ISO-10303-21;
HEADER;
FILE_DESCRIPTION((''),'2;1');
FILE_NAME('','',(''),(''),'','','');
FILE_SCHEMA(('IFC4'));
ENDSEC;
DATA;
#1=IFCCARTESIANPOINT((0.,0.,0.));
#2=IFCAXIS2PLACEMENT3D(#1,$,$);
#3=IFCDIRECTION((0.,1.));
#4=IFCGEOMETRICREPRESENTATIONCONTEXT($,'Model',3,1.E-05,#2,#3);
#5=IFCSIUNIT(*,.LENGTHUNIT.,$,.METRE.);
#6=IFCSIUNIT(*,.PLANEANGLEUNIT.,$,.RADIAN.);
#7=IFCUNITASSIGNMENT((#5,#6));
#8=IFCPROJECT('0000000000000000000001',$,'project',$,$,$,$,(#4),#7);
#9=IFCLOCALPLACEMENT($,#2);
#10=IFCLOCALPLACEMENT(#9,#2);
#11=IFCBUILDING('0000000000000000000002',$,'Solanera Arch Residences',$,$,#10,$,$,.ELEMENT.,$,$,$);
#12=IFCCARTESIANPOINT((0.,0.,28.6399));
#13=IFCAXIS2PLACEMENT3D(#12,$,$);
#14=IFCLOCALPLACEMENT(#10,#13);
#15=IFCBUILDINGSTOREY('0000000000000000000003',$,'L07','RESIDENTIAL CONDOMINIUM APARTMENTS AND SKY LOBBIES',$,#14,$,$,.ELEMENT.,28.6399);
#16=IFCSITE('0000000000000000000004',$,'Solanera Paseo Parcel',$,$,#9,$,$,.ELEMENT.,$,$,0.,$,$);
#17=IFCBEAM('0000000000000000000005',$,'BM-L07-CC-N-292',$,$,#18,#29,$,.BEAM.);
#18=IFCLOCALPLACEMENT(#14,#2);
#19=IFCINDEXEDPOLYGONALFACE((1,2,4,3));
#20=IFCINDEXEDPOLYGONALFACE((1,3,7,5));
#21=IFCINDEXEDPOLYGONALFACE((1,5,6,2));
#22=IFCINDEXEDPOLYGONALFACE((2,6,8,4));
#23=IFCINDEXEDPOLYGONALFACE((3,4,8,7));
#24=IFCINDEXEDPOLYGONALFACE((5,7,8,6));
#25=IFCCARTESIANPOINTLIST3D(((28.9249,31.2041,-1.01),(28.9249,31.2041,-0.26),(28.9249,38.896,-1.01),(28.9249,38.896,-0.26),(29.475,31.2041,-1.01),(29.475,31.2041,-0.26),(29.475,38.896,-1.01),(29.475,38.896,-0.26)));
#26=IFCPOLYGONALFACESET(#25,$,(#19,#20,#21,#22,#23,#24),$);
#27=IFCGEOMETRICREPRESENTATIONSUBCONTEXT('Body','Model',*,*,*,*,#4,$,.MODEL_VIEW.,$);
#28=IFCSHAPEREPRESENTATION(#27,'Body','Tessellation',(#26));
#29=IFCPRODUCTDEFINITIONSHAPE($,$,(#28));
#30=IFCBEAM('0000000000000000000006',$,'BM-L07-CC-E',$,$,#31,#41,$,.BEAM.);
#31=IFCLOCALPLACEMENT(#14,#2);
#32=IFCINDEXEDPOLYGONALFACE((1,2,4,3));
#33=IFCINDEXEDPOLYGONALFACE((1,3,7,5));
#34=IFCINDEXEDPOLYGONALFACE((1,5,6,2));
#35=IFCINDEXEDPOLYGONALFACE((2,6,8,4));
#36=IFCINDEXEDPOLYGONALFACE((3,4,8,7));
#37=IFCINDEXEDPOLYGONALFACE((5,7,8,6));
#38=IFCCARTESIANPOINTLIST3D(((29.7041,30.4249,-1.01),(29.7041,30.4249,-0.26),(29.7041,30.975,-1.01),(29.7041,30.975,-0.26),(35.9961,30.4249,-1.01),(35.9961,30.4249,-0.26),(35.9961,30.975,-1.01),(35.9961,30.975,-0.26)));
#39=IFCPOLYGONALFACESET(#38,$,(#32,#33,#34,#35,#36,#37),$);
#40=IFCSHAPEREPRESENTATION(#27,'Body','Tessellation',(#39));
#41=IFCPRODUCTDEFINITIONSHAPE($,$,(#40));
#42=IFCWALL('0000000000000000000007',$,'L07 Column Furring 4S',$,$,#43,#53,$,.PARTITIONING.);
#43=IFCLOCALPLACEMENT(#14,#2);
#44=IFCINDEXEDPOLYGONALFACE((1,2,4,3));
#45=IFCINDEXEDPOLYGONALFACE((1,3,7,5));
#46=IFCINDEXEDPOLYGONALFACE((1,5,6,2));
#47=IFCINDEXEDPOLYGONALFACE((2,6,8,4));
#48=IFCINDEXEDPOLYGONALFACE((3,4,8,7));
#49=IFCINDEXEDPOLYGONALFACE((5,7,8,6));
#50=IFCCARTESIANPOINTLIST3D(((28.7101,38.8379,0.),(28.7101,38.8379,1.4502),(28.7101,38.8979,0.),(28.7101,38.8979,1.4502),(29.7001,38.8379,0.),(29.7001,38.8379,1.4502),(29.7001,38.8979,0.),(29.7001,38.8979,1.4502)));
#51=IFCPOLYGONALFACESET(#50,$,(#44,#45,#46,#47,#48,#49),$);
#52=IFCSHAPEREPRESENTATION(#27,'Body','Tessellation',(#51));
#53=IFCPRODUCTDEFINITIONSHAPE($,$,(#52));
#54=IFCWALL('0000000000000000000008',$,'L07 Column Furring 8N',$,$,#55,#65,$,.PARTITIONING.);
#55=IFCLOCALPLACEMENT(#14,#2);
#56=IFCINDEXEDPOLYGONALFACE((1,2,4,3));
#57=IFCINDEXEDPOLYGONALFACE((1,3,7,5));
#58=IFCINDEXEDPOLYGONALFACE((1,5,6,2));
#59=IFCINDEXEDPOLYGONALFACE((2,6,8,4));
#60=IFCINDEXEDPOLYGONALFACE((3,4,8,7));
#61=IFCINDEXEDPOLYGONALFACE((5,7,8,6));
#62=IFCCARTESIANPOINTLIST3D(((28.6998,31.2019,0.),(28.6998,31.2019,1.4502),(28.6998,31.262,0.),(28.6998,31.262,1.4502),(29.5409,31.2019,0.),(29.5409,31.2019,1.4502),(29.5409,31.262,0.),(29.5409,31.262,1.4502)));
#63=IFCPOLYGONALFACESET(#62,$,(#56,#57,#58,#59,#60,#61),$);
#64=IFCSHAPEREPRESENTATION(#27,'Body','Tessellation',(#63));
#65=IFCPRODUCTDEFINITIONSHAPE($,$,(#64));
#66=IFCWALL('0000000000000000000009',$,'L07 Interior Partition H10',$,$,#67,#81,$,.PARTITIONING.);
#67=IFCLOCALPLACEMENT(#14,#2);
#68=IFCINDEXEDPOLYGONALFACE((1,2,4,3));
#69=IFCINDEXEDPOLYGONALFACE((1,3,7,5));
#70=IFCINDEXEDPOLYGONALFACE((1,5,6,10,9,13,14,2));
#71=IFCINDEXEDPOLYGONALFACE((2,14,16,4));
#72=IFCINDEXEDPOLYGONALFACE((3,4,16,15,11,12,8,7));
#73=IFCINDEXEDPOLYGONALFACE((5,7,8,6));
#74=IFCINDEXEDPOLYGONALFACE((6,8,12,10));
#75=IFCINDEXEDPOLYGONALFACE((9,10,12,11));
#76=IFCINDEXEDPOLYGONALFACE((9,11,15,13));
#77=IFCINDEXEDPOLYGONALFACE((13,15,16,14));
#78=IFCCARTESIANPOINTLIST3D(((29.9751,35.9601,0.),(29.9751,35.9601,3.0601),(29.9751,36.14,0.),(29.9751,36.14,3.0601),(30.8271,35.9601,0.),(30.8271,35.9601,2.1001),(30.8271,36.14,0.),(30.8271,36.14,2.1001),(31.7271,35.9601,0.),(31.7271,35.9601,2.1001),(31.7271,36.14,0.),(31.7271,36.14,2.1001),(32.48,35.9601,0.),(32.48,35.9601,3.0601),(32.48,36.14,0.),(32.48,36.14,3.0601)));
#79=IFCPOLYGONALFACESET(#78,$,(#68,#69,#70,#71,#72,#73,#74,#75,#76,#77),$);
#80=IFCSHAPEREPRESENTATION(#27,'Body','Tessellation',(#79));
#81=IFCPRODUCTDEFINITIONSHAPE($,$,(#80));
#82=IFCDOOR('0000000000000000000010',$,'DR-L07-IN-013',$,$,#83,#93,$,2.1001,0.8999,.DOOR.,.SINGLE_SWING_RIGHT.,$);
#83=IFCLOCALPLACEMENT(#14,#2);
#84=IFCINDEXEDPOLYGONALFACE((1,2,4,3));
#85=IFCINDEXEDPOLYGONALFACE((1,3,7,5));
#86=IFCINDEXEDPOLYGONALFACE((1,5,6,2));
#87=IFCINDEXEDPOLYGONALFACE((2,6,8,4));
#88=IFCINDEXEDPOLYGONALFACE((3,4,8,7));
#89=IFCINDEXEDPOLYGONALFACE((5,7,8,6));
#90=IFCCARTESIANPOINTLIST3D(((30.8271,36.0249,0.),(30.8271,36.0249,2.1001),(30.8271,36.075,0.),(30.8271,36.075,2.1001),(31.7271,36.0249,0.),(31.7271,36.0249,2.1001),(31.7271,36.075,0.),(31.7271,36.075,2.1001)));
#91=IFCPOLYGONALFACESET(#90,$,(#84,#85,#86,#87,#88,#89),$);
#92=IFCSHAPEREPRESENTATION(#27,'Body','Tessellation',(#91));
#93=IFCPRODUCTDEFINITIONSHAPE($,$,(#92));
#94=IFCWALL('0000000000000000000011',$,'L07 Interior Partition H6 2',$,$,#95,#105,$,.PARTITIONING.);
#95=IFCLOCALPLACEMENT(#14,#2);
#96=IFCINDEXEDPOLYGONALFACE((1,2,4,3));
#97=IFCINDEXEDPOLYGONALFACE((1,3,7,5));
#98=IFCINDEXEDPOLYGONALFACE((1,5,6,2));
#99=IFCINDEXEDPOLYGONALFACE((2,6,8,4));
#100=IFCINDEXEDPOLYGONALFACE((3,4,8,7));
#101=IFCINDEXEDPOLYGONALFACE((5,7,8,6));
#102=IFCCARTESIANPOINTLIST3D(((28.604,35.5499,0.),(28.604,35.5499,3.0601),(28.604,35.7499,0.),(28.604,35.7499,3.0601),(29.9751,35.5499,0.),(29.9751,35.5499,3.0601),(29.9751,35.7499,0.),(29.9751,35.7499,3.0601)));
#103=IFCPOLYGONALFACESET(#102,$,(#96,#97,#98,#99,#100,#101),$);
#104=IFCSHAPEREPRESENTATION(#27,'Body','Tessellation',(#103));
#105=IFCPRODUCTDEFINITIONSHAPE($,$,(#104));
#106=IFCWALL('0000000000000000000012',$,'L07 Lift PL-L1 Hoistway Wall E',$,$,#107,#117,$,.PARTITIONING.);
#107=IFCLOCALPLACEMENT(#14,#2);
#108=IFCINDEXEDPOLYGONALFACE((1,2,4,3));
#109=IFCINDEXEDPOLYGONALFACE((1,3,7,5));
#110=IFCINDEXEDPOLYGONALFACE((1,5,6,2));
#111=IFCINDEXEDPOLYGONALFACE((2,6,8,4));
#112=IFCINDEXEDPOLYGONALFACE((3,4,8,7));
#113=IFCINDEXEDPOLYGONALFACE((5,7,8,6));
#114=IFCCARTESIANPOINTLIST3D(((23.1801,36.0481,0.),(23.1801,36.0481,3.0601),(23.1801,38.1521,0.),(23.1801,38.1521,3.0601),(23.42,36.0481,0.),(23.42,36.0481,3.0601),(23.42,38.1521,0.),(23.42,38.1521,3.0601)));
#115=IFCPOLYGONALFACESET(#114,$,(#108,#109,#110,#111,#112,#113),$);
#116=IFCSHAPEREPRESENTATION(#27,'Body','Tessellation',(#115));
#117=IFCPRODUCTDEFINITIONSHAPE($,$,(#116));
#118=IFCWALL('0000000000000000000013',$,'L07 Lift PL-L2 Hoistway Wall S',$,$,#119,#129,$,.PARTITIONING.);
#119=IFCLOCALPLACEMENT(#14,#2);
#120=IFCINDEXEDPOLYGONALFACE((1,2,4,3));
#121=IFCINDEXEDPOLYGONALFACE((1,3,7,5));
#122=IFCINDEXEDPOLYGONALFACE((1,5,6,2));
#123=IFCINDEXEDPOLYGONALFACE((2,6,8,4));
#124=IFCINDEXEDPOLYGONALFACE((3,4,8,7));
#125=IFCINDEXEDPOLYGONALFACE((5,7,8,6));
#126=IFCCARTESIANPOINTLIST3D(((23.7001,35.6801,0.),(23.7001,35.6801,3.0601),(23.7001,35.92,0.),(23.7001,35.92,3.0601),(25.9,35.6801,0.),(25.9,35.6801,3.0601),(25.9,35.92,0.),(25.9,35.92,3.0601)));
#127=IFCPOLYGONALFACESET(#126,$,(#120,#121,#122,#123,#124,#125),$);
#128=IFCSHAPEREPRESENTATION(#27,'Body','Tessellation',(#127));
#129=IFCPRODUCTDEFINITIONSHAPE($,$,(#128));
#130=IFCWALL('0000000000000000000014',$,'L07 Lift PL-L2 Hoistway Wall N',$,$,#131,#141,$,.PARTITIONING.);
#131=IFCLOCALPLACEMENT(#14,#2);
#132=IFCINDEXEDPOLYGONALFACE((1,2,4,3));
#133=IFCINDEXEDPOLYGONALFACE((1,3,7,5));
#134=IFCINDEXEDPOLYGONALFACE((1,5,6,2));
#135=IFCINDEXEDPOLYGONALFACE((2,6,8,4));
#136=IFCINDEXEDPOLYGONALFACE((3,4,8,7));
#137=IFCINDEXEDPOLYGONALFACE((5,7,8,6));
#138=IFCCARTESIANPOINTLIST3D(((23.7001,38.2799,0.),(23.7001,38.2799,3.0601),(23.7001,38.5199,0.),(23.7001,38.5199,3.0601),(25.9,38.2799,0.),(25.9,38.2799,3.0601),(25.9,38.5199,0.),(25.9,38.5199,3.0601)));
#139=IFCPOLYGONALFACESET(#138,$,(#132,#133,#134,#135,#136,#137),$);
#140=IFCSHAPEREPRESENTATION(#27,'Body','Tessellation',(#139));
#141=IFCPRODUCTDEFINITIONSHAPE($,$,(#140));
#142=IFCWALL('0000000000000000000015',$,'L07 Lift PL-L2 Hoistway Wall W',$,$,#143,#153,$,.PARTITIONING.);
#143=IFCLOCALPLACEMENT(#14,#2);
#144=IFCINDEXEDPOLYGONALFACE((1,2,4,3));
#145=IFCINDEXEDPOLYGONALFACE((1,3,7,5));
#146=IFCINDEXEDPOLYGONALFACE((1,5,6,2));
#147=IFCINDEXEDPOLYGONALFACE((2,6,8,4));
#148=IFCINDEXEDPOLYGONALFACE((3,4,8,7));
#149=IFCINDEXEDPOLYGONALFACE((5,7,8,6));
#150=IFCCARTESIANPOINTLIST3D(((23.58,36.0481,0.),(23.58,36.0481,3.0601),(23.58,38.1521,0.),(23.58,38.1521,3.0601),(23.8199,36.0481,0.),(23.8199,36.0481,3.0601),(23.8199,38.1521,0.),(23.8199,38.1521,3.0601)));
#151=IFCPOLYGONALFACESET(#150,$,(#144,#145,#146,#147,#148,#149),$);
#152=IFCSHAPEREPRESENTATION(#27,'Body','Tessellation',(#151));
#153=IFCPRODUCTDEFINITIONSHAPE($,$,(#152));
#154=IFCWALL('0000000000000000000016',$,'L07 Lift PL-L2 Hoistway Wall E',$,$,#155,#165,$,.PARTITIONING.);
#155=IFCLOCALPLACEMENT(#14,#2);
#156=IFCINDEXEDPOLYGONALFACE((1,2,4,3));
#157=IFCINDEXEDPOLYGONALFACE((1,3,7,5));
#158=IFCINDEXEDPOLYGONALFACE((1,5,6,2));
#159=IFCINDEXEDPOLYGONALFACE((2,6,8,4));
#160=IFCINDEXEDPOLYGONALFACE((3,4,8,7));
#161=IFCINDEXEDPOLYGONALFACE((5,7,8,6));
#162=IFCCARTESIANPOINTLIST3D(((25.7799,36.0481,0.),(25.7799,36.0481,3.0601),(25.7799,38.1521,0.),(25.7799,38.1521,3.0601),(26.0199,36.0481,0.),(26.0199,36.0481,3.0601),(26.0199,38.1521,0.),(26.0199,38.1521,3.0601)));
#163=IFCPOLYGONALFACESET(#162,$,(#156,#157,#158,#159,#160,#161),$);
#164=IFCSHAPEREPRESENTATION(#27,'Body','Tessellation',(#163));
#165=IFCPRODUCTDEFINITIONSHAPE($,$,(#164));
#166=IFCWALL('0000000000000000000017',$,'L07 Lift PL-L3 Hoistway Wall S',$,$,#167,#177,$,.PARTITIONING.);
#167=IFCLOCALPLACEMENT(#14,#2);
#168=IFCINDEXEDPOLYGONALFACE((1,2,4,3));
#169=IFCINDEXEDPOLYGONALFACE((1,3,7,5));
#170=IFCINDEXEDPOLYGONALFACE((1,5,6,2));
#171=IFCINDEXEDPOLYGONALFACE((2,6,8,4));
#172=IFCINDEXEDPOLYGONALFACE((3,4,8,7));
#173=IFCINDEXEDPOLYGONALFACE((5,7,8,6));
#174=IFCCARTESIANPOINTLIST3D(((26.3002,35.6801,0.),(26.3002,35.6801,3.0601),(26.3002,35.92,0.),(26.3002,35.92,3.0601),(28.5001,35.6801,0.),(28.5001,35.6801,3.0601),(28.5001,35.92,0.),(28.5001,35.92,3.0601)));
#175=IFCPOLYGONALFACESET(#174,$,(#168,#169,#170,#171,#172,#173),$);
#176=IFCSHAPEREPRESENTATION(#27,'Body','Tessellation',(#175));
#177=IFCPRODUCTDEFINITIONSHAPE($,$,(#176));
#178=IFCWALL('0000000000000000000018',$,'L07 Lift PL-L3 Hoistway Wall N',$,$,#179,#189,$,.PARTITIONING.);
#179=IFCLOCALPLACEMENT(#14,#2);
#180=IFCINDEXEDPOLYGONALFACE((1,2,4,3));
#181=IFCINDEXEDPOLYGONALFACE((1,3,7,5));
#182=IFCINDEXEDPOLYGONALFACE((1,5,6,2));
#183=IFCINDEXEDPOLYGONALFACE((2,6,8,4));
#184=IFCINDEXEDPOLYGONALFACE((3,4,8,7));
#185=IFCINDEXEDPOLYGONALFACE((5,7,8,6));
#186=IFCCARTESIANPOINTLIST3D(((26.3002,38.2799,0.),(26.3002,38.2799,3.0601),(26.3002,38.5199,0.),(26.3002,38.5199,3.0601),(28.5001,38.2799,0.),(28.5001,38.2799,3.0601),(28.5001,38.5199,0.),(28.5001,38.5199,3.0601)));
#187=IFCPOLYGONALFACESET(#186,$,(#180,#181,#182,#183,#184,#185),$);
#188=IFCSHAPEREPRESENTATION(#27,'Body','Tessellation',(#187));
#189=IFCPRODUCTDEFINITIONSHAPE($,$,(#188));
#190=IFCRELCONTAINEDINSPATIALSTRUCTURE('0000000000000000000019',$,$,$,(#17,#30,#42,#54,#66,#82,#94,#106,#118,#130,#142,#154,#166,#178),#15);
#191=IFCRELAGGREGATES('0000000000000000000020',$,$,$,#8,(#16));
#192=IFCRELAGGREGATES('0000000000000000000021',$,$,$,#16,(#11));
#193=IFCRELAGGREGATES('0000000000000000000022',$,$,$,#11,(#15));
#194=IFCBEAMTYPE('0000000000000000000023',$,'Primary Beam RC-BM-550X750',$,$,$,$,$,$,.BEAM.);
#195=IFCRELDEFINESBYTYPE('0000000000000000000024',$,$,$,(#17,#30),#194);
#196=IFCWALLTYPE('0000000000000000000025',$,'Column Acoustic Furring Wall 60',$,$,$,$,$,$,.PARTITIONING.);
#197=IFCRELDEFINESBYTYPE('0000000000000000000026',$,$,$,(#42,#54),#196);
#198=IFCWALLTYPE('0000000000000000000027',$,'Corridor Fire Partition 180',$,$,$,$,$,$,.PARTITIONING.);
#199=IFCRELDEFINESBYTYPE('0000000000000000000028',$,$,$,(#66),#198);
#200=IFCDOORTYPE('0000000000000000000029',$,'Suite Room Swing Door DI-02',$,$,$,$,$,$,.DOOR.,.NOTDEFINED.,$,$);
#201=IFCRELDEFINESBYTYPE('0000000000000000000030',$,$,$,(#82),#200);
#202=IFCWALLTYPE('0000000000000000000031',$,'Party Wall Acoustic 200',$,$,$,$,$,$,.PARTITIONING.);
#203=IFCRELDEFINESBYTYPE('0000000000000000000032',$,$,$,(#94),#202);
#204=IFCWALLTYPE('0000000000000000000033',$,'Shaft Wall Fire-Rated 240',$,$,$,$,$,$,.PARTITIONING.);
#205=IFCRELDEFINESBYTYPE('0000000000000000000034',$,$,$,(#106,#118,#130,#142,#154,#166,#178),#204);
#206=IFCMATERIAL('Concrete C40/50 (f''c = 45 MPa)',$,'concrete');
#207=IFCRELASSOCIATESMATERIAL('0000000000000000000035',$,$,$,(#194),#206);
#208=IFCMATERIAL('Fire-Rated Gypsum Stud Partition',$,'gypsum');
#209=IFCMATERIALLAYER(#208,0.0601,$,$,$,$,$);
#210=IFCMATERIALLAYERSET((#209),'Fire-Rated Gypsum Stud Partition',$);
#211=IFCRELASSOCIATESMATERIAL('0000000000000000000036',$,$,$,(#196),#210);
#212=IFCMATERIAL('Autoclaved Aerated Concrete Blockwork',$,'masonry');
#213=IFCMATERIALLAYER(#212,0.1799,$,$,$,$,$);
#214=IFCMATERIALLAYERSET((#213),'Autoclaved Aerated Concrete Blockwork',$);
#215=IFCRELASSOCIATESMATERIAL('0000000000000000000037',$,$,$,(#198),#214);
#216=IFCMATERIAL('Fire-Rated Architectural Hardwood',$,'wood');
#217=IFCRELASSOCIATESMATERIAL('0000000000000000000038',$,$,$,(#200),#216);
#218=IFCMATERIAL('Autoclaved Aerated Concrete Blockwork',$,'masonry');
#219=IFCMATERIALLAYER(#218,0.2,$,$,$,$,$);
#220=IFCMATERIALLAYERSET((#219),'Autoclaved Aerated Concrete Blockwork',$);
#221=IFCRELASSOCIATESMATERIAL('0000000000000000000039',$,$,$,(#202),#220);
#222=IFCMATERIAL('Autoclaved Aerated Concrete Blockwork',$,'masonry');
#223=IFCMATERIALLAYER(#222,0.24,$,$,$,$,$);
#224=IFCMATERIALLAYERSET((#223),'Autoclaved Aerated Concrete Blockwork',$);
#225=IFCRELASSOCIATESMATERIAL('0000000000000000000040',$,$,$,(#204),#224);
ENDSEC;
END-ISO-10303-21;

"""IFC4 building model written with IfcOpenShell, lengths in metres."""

from ifc_helpers import new_model, si_unit, direction, frame, frame_2d, origin, origin_2d, place, context, subcontext, project, spatial, rectangle, extrude, material, layer, layer_set, material_profile, profile_set, type_object, element, fill, save


model = new_model("IFC4")

# Units and contexts
model_context = context("Model", 3, precision=1e-05, world=origin(), true_north=direction((0.0, 1.0)))
body_context = subcontext(model_context, "Body", "Model", "MODEL_VIEW")
ifc_project = project(units=[si_unit("LENGTHUNIT", "METRE"), si_unit("PLANEANGLEUNIT", "RADIAN")], contexts=[model_context])

# Site, building, storey
site_placement = place(None, origin())
site = spatial("IfcSite", under=ifc_project, at=site_placement, Name="Solanera Paseo Parcel", CompositionType="ELEMENT", RefElevation=0.0)
building_placement = place(site_placement, origin())
building = spatial("IfcBuilding", under=site, at=building_placement, Name="Solanera Arch Residences", CompositionType="ELEMENT")
storey_placement = place(building_placement, frame((0.0, 0.0, 28.6399)))
storey = spatial("IfcBuildingStorey", under=building, at=storey_placement, Name="L07", Description="RESIDENTIAL CONDOMINIUM APARTMENTS AND SKY LOBBIES", CompositionType="ELEMENT", Elevation=28.6399)

# Beams
ifc_material_1 = material(Name="Concrete C40/50 (f'c = 45 MPa)", Category="concrete")
ifc_material_profile = material_profile(ifc_material_1, rectangle(XDim=0.55, YDim=0.75, at=origin_2d()))
ifc_profile_set = profile_set([ifc_material_profile], Name="Concrete C40/50 (f'c = 45 MPa)")
beam_type = type_object("IfcBeamType", Name="Primary Beam RC-BM-550X750", PredefinedType="BEAM", material=ifc_profile_set)
beam_1_placement = place(storey_placement, frame((29.2, 31.2041, -0.635), z_axis=(0.0, 1.0, 0.0), x_axis=(-1.0, 0.0, 0.0)))
element("IfcBeam", 1, at=beam_1_placement, inside=storey, type_object=beam_type, Name="BM-L07-CC-N-292", PredefinedType="BEAM", context=body_context, shape_type="SweptSolid", body=[
    extrude(rectangle(XDim=0.55, YDim=0.75, at=origin_2d()), origin(), (0.0, 0.0, 1.0), 7.6919),
])
beam_2_placement = place(storey_placement, frame((29.7041, 30.7, -0.635), z_axis=(1.0, 0.0, 0.0), x_axis=(0.0, 1.0, 0.0)))
element("IfcBeam", 2, at=beam_2_placement, inside=storey, type_object=beam_type, Name="BM-L07-CC-E", PredefinedType="BEAM", context=body_context, shape_type="SweptSolid", body=[
    extrude(rectangle(XDim=0.55, YDim=0.75, at=origin_2d()), origin(), (0.0, 0.0, 1.0), 6.292),
])

# Walls
ifc_material_2 = material(Name="Fire-Rated Gypsum Stud Partition", Category="gypsum")
ifc_layer_1 = layer(ifc_material_2, 0.0601)
ifc_layer_set_1 = layer_set([ifc_layer_1], Name="Fire-Rated Gypsum Stud Partition")
wall_type_1 = type_object("IfcWallType", Name="Column Acoustic Furring Wall 60", PredefinedType="PARTITIONING", material=ifc_layer_set_1)
wall_1_placement = place(storey_placement, frame((28.71, 38.8679, 0.0), z_axis=(0.0, 0.0, 1.0), x_axis=(1.0, 0.0, 0.0)))
element("IfcWall", 3, at=wall_1_placement, inside=storey, type_object=wall_type_1, Name="L07 Column Furring 4S", PredefinedType="PARTITIONING", context=body_context, shape_type="SweptSolid", body=[
    extrude(rectangle(XDim=0.99, YDim=0.0601, at=frame_2d((0.4951, 0.0))), origin(), (0.0, 0.0, 1.0), 1.4502),
])
wall_2_placement = place(storey_placement, frame((28.7, 31.2319, 0.0), z_axis=(0.0, 0.0, 1.0), x_axis=(1.0, 0.0, 0.0)))
element("IfcWall", 4, at=wall_2_placement, inside=storey, type_object=wall_type_1, Name="L07 Column Furring 8N", PredefinedType="PARTITIONING", context=body_context, shape_type="SweptSolid", body=[
    extrude(rectangle(XDim=0.8411, YDim=0.0601, at=frame_2d((0.4204, 0.0))), origin(), (0.0, 0.0, 1.0), 1.4502),
])

# Wall, opening, door
ifc_material_3 = material(Name="Autoclaved Aerated Concrete Blockwork", Category="masonry")
ifc_layer_2 = layer(ifc_material_3, 0.1799)
ifc_layer_set_2 = layer_set([ifc_layer_2], Name="Autoclaved Aerated Concrete Blockwork")
wall_type_2 = type_object("IfcWallType", Name="Corridor Fire Partition 180", PredefinedType="PARTITIONING", material=ifc_layer_set_2)
wall_3_placement = place(storey_placement, frame((29.9751, 36.05, 0.0), z_axis=(0.0, 0.0, 1.0), x_axis=(1.0, 0.0, 0.0)))
wall_3 = element("IfcWall", 5, at=wall_3_placement, inside=storey, type_object=wall_type_2, Name="L07 Interior Partition H10", PredefinedType="PARTITIONING", context=body_context, shape_type="SweptSolid", body=[
    extrude(rectangle(XDim=2.5049, YDim=0.1799, at=frame_2d((1.2524, 0.0))), origin(), (0.0, 0.0, 1.0), 3.0601),
])
opening_1_placement = place(wall_3_placement, frame((0.8521, 0.0, 0.0)))
opening_1 = element("IfcOpeningElement", 6, at=opening_1_placement, cuts=wall_3, PredefinedType="OPENING", context=body_context, shape_type="SweptSolid", body=[
    extrude(rectangle(XDim=0.8999, YDim=2.1001, at=frame_2d((0.45, 1.05))), frame((0.0, 0.1001, 0.0), z_axis=(0.0, -1.0, 0.0), x_axis=(1.0, 0.0, 0.0)), (0.0, 0.0, 1.0), 0.1999),
])
ifc_material_4 = material(Name="Fire-Rated Architectural Hardwood", Category="wood")
door_type_1 = type_object("IfcDoorType", Name="Suite Room Swing Door DI-02", OperationType="NOTDEFINED", PredefinedType="DOOR", material=ifc_material_4)
door_1_placement = place(opening_1_placement, origin())
door_1 = element("IfcDoor", 7, at=door_1_placement, inside=storey, type_object=door_type_1, Name="DR-L07-IN-013", OperationType="SINGLE_SWING_RIGHT", OverallHeight=2.1001, OverallWidth=0.8999, PredefinedType="DOOR", context=body_context, shape_type="SweptSolid", body=[
    extrude(rectangle(XDim=0.8999, YDim=2.1001, at=frame_2d((0.45, 1.05))), frame((0.0, 0.0249, 0.0), z_axis=(0.0, -1.0, 0.0), x_axis=(1.0, 0.0, 0.0)), (0.0, 0.0, 1.0), 0.05),
])
fill(opening_1, door_1)

# Walls
ifc_material_5 = material(Name="Autoclaved Aerated Concrete Blockwork", Category="masonry")
ifc_layer_3 = layer(ifc_material_5, 0.2)
ifc_layer_set_3 = layer_set([ifc_layer_3], Name="Autoclaved Aerated Concrete Blockwork")
wall_type_3 = type_object("IfcWallType", Name="Party Wall Acoustic 200", PredefinedType="PARTITIONING", material=ifc_layer_set_3)
wall_4_placement = place(storey_placement, frame((28.604, 35.6499, 0.0), z_axis=(0.0, 0.0, 1.0), x_axis=(1.0, 0.0, 0.0)))
element("IfcWall", 8, at=wall_4_placement, inside=storey, type_object=wall_type_3, Name="L07 Interior Partition H6 2", PredefinedType="PARTITIONING", context=body_context, shape_type="SweptSolid", body=[
    extrude(rectangle(XDim=1.3711, YDim=0.2, at=frame_2d((0.6855, 0.0))), origin(), (0.0, 0.0, 1.0), 3.0601),
])
ifc_material_6 = material(Name="Autoclaved Aerated Concrete Blockwork", Category="masonry")
ifc_layer_4 = layer(ifc_material_6, 0.24)
ifc_layer_set_4 = layer_set([ifc_layer_4], Name="Autoclaved Aerated Concrete Blockwork")
wall_type_4 = type_object("IfcWallType", Name="Shaft Wall Fire-Rated 240", PredefinedType="PARTITIONING", material=ifc_layer_set_4)
wall_5_placement = place(storey_placement, frame((23.3, 36.0481, 0.0), z_axis=(0.0, 0.0, 1.0), x_axis=(0.0, 1.0, 0.0)))
element("IfcWall", 9, at=wall_5_placement, inside=storey, type_object=wall_type_4, Name="L07 Lift PL-L1 Hoistway Wall E", PredefinedType="PARTITIONING", context=body_context, shape_type="SweptSolid", body=[
    extrude(rectangle(XDim=2.104, YDim=0.24, at=frame_2d((1.052, 0.0))), origin(), (0.0, 0.0, 1.0), 3.0601),
])
for number, where, z_axis, x_axis, name in (
    (10, (23.7, 35.8, 0.0), (0.0, 0.0, 1.0), (1.0, 0.0, 0.0), "L07 Lift PL-L2 Hoistway Wall S"),
    (11, (23.7, 38.3999, 0.0), (0.0, 0.0, 1.0), (1.0, 0.0, 0.0), "L07 Lift PL-L2 Hoistway Wall N"),
):
    element("IfcWall", number, at=place(storey_placement, frame(where, z_axis=z_axis, x_axis=x_axis)), inside=storey, type_object=wall_type_4, Name=name, PredefinedType="PARTITIONING", context=body_context, shape_type="SweptSolid", body=[
        extrude(rectangle(XDim=2.2, YDim=0.24, at=frame_2d((1.1001, 0.0))), origin(), (0.0, 0.0, 1.0), 3.0601),
    ])
for number, where, z_axis, x_axis, name in (
    (12, (23.7, 36.0481, 0.0), (0.0, 0.0, 1.0), (0.0, 1.0, 0.0), "L07 Lift PL-L2 Hoistway Wall W"),
    (13, (25.8999, 36.0481, 0.0), (0.0, 0.0, 1.0), (0.0, 1.0, 0.0), "L07 Lift PL-L2 Hoistway Wall E"),
):
    element("IfcWall", number, at=place(storey_placement, frame(where, z_axis=z_axis, x_axis=x_axis)), inside=storey, type_object=wall_type_4, Name=name, PredefinedType="PARTITIONING", context=body_context, shape_type="SweptSolid", body=[
        extrude(rectangle(XDim=2.104, YDim=0.24, at=frame_2d((1.052, 0.0))), origin(), (0.0, 0.0, 1.0), 3.0601),
    ])
for number, where, z_axis, x_axis, name in (
    (14, (26.3, 35.8, 0.0), (0.0, 0.0, 1.0), (1.0, 0.0, 0.0), "L07 Lift PL-L3 Hoistway Wall S"),
    (15, (26.3, 38.3999, 0.0), (0.0, 0.0, 1.0), (1.0, 0.0, 0.0), "L07 Lift PL-L3 Hoistway Wall N"),
):
    element("IfcWall", number, at=place(storey_placement, frame(where, z_axis=z_axis, x_axis=x_axis)), inside=storey, type_object=wall_type_4, Name=name, PredefinedType="PARTITIONING", context=body_context, shape_type="SweptSolid", body=[
        extrude(rectangle(XDim=2.2, YDim=0.24, at=frame_2d((1.1001, 0.0))), origin(), (0.0, 0.0, 1.0), 3.0601),
    ])

save(model, "model.ifc")
